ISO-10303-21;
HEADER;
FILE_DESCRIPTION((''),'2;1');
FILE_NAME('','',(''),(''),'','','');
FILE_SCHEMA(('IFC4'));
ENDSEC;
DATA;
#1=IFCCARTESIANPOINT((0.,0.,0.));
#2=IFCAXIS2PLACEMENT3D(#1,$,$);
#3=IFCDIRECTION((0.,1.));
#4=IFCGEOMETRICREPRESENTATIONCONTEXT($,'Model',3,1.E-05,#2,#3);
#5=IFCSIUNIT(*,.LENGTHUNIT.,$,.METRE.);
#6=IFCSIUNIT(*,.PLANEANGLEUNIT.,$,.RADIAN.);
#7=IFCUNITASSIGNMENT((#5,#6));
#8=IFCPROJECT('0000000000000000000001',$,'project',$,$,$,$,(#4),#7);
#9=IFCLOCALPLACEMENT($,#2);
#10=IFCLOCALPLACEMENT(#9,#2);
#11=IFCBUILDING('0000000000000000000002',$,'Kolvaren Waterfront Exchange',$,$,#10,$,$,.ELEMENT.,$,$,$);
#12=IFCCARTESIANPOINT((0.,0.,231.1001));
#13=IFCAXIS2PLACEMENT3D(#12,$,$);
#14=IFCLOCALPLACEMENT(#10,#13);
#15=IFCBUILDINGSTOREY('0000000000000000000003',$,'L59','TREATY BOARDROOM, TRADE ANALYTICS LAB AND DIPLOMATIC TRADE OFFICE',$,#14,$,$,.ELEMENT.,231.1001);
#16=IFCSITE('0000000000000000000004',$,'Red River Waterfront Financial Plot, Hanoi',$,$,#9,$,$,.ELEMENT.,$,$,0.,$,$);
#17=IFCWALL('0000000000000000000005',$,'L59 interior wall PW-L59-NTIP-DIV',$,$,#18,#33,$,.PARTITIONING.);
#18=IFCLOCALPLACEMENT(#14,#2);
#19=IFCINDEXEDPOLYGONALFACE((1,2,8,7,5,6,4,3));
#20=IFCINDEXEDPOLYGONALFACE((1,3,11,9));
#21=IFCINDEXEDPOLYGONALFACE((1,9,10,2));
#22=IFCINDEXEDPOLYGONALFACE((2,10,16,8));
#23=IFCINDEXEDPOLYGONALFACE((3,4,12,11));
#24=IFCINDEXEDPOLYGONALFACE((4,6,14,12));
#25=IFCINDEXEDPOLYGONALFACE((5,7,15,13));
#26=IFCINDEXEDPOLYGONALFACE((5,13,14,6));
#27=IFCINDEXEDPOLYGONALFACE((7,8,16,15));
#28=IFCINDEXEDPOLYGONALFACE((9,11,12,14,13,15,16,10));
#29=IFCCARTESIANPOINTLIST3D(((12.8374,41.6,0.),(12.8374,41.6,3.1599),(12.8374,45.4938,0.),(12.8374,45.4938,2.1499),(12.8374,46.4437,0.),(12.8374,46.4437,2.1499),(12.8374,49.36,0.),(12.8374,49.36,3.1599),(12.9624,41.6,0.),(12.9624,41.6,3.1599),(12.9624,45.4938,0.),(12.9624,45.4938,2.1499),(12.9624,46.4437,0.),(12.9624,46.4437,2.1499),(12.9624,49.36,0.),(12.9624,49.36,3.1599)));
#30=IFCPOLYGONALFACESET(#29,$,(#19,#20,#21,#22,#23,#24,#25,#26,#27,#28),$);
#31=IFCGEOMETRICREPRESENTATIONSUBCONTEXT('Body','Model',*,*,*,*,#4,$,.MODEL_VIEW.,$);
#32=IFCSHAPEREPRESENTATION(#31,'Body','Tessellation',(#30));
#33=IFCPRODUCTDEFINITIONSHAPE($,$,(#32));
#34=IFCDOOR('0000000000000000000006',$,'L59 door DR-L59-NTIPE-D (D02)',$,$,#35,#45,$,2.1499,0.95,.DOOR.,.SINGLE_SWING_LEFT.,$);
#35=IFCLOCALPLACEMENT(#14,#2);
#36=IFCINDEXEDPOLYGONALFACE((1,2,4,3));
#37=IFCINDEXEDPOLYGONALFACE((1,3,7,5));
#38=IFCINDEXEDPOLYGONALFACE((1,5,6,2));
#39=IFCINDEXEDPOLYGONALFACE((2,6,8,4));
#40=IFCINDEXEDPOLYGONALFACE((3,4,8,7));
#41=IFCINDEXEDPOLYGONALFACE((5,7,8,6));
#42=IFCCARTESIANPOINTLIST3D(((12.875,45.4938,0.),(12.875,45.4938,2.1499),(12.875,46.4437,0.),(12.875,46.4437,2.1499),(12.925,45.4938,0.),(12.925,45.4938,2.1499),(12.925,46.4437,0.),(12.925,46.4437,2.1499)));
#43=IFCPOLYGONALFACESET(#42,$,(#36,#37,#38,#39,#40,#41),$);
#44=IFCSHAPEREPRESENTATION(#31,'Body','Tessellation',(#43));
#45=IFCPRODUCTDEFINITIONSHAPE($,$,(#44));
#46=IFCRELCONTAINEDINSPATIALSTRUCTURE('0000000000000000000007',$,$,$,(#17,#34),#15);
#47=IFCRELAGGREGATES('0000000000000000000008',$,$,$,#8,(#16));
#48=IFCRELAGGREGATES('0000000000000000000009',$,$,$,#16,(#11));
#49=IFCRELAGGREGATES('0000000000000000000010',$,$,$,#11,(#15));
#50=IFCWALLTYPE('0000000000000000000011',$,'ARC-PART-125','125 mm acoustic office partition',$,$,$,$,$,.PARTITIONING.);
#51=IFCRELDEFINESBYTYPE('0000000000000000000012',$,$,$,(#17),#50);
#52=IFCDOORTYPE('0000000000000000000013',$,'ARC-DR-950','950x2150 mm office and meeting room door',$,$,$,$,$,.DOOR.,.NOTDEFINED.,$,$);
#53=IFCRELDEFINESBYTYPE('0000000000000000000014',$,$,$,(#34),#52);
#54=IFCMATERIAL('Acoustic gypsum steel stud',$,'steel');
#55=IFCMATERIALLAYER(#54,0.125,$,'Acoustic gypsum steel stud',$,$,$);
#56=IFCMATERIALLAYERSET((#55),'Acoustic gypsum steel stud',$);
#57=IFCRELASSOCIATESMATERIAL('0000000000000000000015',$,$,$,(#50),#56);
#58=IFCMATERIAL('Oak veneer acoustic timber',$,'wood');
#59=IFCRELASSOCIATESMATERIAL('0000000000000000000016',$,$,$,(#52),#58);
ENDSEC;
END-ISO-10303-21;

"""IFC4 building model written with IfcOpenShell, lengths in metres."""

from ifc_helpers import new_model, si_unit, direction, frame, frame_2d, origin, place, context, subcontext, project, spatial, rectangle, extrude, material, layer, layer_set, type_object, element, fill, save


model = new_model("IFC4")

# Units and contexts
model_context = context("Model", 3, precision=1e-05, world=origin(), true_north=direction((0.0, 1.0)))
body_context = subcontext(model_context, "Body", "Model", "MODEL_VIEW")
ifc_project = project(units=[si_unit("LENGTHUNIT", "METRE"), si_unit("PLANEANGLEUNIT", "RADIAN")], contexts=[model_context])

# Site, building, storey
site_placement = place(None, origin())
site = spatial("IfcSite", under=ifc_project, at=site_placement, Name="Red River Waterfront Financial Plot, Hanoi", CompositionType="ELEMENT", RefElevation=0.0)
building_placement = place(site_placement, origin())
building = spatial("IfcBuilding", under=site, at=building_placement, Name="Kolvaren Waterfront Exchange", CompositionType="ELEMENT")
storey_placement = place(building_placement, frame((0.0, 0.0, 231.1001)))
storey = spatial("IfcBuildingStorey", under=building, at=storey_placement, Name="L59", Description="TREATY BOARDROOM, TRADE ANALYTICS LAB AND DIPLOMATIC TRADE OFFICE", CompositionType="ELEMENT", Elevation=231.1001)

# Wall, opening, door
ifc_material_1 = material(Name="Acoustic gypsum steel stud", Category="steel")
ifc_layer_1 = layer(ifc_material_1, 0.125, Name="Acoustic gypsum steel stud")
ifc_layer_set_1 = layer_set([ifc_layer_1], Name="Acoustic gypsum steel stud")
wall_type_1 = type_object("IfcWallType", Name="ARC-PART-125", Description="125 mm acoustic office partition", PredefinedType="PARTITIONING", material=ifc_layer_set_1)
wall_1_placement = place(storey_placement, frame((12.8999, 41.6001, 0.0), z_axis=(0.0, 0.0, 1.0), x_axis=(0.0, 1.0, 0.0)))
wall_1 = element("IfcWall", 1, at=wall_1_placement, inside=storey, type_object=wall_type_1, Name="L59 interior wall PW-L59-NTIP-DIV", PredefinedType="PARTITIONING", context=body_context, shape_type="SweptSolid", body=[
    extrude(rectangle(XDim=7.76, YDim=0.125, at=frame_2d((3.8799, 0.0))), origin(), (0.0, 0.0, 1.0), 3.1599),
])
opening_1_placement = place(wall_1_placement, frame((3.8936, 0.0, 0.0)))
opening_1 = element("IfcOpeningElement", 2, at=opening_1_placement, cuts=wall_1, PredefinedType="OPENING", context=body_context, shape_type="SweptSolid", body=[
    extrude(rectangle(XDim=0.95, YDim=2.1499, at=frame_2d((0.4751, 1.075))), frame((0.0, 0.0725, 0.0), z_axis=(0.0, -1.0, 0.0), x_axis=(1.0, 0.0, 0.0)), (0.0, 0.0, 1.0), 0.145),
])
ifc_material_2 = material(Name="Oak veneer acoustic timber", Category="wood")
door_type_1 = type_object("IfcDoorType", Name="ARC-DR-950", Description="950x2150 mm office and meeting room door", OperationType="NOTDEFINED", PredefinedType="DOOR", material=ifc_material_2)
door_1_placement = place(opening_1_placement, origin())
door_1 = element("IfcDoor", 3, at=door_1_placement, inside=storey, type_object=door_type_1, Name="L59 door DR-L59-NTIPE-D (D02)", OperationType="SINGLE_SWING_LEFT", OverallHeight=2.1499, OverallWidth=0.95, PredefinedType="DOOR", context=body_context, shape_type="SweptSolid", body=[
    extrude(rectangle(XDim=0.95, YDim=2.1499, at=frame_2d((0.4751, 1.075))), frame((0.0, 0.0249, 0.0), z_axis=(0.0, -1.0, 0.0), x_axis=(1.0, 0.0, 0.0)), (0.0, 0.0, 1.0), 0.05),
])
fill(opening_1, door_1)

save(model, "model.ifc")
